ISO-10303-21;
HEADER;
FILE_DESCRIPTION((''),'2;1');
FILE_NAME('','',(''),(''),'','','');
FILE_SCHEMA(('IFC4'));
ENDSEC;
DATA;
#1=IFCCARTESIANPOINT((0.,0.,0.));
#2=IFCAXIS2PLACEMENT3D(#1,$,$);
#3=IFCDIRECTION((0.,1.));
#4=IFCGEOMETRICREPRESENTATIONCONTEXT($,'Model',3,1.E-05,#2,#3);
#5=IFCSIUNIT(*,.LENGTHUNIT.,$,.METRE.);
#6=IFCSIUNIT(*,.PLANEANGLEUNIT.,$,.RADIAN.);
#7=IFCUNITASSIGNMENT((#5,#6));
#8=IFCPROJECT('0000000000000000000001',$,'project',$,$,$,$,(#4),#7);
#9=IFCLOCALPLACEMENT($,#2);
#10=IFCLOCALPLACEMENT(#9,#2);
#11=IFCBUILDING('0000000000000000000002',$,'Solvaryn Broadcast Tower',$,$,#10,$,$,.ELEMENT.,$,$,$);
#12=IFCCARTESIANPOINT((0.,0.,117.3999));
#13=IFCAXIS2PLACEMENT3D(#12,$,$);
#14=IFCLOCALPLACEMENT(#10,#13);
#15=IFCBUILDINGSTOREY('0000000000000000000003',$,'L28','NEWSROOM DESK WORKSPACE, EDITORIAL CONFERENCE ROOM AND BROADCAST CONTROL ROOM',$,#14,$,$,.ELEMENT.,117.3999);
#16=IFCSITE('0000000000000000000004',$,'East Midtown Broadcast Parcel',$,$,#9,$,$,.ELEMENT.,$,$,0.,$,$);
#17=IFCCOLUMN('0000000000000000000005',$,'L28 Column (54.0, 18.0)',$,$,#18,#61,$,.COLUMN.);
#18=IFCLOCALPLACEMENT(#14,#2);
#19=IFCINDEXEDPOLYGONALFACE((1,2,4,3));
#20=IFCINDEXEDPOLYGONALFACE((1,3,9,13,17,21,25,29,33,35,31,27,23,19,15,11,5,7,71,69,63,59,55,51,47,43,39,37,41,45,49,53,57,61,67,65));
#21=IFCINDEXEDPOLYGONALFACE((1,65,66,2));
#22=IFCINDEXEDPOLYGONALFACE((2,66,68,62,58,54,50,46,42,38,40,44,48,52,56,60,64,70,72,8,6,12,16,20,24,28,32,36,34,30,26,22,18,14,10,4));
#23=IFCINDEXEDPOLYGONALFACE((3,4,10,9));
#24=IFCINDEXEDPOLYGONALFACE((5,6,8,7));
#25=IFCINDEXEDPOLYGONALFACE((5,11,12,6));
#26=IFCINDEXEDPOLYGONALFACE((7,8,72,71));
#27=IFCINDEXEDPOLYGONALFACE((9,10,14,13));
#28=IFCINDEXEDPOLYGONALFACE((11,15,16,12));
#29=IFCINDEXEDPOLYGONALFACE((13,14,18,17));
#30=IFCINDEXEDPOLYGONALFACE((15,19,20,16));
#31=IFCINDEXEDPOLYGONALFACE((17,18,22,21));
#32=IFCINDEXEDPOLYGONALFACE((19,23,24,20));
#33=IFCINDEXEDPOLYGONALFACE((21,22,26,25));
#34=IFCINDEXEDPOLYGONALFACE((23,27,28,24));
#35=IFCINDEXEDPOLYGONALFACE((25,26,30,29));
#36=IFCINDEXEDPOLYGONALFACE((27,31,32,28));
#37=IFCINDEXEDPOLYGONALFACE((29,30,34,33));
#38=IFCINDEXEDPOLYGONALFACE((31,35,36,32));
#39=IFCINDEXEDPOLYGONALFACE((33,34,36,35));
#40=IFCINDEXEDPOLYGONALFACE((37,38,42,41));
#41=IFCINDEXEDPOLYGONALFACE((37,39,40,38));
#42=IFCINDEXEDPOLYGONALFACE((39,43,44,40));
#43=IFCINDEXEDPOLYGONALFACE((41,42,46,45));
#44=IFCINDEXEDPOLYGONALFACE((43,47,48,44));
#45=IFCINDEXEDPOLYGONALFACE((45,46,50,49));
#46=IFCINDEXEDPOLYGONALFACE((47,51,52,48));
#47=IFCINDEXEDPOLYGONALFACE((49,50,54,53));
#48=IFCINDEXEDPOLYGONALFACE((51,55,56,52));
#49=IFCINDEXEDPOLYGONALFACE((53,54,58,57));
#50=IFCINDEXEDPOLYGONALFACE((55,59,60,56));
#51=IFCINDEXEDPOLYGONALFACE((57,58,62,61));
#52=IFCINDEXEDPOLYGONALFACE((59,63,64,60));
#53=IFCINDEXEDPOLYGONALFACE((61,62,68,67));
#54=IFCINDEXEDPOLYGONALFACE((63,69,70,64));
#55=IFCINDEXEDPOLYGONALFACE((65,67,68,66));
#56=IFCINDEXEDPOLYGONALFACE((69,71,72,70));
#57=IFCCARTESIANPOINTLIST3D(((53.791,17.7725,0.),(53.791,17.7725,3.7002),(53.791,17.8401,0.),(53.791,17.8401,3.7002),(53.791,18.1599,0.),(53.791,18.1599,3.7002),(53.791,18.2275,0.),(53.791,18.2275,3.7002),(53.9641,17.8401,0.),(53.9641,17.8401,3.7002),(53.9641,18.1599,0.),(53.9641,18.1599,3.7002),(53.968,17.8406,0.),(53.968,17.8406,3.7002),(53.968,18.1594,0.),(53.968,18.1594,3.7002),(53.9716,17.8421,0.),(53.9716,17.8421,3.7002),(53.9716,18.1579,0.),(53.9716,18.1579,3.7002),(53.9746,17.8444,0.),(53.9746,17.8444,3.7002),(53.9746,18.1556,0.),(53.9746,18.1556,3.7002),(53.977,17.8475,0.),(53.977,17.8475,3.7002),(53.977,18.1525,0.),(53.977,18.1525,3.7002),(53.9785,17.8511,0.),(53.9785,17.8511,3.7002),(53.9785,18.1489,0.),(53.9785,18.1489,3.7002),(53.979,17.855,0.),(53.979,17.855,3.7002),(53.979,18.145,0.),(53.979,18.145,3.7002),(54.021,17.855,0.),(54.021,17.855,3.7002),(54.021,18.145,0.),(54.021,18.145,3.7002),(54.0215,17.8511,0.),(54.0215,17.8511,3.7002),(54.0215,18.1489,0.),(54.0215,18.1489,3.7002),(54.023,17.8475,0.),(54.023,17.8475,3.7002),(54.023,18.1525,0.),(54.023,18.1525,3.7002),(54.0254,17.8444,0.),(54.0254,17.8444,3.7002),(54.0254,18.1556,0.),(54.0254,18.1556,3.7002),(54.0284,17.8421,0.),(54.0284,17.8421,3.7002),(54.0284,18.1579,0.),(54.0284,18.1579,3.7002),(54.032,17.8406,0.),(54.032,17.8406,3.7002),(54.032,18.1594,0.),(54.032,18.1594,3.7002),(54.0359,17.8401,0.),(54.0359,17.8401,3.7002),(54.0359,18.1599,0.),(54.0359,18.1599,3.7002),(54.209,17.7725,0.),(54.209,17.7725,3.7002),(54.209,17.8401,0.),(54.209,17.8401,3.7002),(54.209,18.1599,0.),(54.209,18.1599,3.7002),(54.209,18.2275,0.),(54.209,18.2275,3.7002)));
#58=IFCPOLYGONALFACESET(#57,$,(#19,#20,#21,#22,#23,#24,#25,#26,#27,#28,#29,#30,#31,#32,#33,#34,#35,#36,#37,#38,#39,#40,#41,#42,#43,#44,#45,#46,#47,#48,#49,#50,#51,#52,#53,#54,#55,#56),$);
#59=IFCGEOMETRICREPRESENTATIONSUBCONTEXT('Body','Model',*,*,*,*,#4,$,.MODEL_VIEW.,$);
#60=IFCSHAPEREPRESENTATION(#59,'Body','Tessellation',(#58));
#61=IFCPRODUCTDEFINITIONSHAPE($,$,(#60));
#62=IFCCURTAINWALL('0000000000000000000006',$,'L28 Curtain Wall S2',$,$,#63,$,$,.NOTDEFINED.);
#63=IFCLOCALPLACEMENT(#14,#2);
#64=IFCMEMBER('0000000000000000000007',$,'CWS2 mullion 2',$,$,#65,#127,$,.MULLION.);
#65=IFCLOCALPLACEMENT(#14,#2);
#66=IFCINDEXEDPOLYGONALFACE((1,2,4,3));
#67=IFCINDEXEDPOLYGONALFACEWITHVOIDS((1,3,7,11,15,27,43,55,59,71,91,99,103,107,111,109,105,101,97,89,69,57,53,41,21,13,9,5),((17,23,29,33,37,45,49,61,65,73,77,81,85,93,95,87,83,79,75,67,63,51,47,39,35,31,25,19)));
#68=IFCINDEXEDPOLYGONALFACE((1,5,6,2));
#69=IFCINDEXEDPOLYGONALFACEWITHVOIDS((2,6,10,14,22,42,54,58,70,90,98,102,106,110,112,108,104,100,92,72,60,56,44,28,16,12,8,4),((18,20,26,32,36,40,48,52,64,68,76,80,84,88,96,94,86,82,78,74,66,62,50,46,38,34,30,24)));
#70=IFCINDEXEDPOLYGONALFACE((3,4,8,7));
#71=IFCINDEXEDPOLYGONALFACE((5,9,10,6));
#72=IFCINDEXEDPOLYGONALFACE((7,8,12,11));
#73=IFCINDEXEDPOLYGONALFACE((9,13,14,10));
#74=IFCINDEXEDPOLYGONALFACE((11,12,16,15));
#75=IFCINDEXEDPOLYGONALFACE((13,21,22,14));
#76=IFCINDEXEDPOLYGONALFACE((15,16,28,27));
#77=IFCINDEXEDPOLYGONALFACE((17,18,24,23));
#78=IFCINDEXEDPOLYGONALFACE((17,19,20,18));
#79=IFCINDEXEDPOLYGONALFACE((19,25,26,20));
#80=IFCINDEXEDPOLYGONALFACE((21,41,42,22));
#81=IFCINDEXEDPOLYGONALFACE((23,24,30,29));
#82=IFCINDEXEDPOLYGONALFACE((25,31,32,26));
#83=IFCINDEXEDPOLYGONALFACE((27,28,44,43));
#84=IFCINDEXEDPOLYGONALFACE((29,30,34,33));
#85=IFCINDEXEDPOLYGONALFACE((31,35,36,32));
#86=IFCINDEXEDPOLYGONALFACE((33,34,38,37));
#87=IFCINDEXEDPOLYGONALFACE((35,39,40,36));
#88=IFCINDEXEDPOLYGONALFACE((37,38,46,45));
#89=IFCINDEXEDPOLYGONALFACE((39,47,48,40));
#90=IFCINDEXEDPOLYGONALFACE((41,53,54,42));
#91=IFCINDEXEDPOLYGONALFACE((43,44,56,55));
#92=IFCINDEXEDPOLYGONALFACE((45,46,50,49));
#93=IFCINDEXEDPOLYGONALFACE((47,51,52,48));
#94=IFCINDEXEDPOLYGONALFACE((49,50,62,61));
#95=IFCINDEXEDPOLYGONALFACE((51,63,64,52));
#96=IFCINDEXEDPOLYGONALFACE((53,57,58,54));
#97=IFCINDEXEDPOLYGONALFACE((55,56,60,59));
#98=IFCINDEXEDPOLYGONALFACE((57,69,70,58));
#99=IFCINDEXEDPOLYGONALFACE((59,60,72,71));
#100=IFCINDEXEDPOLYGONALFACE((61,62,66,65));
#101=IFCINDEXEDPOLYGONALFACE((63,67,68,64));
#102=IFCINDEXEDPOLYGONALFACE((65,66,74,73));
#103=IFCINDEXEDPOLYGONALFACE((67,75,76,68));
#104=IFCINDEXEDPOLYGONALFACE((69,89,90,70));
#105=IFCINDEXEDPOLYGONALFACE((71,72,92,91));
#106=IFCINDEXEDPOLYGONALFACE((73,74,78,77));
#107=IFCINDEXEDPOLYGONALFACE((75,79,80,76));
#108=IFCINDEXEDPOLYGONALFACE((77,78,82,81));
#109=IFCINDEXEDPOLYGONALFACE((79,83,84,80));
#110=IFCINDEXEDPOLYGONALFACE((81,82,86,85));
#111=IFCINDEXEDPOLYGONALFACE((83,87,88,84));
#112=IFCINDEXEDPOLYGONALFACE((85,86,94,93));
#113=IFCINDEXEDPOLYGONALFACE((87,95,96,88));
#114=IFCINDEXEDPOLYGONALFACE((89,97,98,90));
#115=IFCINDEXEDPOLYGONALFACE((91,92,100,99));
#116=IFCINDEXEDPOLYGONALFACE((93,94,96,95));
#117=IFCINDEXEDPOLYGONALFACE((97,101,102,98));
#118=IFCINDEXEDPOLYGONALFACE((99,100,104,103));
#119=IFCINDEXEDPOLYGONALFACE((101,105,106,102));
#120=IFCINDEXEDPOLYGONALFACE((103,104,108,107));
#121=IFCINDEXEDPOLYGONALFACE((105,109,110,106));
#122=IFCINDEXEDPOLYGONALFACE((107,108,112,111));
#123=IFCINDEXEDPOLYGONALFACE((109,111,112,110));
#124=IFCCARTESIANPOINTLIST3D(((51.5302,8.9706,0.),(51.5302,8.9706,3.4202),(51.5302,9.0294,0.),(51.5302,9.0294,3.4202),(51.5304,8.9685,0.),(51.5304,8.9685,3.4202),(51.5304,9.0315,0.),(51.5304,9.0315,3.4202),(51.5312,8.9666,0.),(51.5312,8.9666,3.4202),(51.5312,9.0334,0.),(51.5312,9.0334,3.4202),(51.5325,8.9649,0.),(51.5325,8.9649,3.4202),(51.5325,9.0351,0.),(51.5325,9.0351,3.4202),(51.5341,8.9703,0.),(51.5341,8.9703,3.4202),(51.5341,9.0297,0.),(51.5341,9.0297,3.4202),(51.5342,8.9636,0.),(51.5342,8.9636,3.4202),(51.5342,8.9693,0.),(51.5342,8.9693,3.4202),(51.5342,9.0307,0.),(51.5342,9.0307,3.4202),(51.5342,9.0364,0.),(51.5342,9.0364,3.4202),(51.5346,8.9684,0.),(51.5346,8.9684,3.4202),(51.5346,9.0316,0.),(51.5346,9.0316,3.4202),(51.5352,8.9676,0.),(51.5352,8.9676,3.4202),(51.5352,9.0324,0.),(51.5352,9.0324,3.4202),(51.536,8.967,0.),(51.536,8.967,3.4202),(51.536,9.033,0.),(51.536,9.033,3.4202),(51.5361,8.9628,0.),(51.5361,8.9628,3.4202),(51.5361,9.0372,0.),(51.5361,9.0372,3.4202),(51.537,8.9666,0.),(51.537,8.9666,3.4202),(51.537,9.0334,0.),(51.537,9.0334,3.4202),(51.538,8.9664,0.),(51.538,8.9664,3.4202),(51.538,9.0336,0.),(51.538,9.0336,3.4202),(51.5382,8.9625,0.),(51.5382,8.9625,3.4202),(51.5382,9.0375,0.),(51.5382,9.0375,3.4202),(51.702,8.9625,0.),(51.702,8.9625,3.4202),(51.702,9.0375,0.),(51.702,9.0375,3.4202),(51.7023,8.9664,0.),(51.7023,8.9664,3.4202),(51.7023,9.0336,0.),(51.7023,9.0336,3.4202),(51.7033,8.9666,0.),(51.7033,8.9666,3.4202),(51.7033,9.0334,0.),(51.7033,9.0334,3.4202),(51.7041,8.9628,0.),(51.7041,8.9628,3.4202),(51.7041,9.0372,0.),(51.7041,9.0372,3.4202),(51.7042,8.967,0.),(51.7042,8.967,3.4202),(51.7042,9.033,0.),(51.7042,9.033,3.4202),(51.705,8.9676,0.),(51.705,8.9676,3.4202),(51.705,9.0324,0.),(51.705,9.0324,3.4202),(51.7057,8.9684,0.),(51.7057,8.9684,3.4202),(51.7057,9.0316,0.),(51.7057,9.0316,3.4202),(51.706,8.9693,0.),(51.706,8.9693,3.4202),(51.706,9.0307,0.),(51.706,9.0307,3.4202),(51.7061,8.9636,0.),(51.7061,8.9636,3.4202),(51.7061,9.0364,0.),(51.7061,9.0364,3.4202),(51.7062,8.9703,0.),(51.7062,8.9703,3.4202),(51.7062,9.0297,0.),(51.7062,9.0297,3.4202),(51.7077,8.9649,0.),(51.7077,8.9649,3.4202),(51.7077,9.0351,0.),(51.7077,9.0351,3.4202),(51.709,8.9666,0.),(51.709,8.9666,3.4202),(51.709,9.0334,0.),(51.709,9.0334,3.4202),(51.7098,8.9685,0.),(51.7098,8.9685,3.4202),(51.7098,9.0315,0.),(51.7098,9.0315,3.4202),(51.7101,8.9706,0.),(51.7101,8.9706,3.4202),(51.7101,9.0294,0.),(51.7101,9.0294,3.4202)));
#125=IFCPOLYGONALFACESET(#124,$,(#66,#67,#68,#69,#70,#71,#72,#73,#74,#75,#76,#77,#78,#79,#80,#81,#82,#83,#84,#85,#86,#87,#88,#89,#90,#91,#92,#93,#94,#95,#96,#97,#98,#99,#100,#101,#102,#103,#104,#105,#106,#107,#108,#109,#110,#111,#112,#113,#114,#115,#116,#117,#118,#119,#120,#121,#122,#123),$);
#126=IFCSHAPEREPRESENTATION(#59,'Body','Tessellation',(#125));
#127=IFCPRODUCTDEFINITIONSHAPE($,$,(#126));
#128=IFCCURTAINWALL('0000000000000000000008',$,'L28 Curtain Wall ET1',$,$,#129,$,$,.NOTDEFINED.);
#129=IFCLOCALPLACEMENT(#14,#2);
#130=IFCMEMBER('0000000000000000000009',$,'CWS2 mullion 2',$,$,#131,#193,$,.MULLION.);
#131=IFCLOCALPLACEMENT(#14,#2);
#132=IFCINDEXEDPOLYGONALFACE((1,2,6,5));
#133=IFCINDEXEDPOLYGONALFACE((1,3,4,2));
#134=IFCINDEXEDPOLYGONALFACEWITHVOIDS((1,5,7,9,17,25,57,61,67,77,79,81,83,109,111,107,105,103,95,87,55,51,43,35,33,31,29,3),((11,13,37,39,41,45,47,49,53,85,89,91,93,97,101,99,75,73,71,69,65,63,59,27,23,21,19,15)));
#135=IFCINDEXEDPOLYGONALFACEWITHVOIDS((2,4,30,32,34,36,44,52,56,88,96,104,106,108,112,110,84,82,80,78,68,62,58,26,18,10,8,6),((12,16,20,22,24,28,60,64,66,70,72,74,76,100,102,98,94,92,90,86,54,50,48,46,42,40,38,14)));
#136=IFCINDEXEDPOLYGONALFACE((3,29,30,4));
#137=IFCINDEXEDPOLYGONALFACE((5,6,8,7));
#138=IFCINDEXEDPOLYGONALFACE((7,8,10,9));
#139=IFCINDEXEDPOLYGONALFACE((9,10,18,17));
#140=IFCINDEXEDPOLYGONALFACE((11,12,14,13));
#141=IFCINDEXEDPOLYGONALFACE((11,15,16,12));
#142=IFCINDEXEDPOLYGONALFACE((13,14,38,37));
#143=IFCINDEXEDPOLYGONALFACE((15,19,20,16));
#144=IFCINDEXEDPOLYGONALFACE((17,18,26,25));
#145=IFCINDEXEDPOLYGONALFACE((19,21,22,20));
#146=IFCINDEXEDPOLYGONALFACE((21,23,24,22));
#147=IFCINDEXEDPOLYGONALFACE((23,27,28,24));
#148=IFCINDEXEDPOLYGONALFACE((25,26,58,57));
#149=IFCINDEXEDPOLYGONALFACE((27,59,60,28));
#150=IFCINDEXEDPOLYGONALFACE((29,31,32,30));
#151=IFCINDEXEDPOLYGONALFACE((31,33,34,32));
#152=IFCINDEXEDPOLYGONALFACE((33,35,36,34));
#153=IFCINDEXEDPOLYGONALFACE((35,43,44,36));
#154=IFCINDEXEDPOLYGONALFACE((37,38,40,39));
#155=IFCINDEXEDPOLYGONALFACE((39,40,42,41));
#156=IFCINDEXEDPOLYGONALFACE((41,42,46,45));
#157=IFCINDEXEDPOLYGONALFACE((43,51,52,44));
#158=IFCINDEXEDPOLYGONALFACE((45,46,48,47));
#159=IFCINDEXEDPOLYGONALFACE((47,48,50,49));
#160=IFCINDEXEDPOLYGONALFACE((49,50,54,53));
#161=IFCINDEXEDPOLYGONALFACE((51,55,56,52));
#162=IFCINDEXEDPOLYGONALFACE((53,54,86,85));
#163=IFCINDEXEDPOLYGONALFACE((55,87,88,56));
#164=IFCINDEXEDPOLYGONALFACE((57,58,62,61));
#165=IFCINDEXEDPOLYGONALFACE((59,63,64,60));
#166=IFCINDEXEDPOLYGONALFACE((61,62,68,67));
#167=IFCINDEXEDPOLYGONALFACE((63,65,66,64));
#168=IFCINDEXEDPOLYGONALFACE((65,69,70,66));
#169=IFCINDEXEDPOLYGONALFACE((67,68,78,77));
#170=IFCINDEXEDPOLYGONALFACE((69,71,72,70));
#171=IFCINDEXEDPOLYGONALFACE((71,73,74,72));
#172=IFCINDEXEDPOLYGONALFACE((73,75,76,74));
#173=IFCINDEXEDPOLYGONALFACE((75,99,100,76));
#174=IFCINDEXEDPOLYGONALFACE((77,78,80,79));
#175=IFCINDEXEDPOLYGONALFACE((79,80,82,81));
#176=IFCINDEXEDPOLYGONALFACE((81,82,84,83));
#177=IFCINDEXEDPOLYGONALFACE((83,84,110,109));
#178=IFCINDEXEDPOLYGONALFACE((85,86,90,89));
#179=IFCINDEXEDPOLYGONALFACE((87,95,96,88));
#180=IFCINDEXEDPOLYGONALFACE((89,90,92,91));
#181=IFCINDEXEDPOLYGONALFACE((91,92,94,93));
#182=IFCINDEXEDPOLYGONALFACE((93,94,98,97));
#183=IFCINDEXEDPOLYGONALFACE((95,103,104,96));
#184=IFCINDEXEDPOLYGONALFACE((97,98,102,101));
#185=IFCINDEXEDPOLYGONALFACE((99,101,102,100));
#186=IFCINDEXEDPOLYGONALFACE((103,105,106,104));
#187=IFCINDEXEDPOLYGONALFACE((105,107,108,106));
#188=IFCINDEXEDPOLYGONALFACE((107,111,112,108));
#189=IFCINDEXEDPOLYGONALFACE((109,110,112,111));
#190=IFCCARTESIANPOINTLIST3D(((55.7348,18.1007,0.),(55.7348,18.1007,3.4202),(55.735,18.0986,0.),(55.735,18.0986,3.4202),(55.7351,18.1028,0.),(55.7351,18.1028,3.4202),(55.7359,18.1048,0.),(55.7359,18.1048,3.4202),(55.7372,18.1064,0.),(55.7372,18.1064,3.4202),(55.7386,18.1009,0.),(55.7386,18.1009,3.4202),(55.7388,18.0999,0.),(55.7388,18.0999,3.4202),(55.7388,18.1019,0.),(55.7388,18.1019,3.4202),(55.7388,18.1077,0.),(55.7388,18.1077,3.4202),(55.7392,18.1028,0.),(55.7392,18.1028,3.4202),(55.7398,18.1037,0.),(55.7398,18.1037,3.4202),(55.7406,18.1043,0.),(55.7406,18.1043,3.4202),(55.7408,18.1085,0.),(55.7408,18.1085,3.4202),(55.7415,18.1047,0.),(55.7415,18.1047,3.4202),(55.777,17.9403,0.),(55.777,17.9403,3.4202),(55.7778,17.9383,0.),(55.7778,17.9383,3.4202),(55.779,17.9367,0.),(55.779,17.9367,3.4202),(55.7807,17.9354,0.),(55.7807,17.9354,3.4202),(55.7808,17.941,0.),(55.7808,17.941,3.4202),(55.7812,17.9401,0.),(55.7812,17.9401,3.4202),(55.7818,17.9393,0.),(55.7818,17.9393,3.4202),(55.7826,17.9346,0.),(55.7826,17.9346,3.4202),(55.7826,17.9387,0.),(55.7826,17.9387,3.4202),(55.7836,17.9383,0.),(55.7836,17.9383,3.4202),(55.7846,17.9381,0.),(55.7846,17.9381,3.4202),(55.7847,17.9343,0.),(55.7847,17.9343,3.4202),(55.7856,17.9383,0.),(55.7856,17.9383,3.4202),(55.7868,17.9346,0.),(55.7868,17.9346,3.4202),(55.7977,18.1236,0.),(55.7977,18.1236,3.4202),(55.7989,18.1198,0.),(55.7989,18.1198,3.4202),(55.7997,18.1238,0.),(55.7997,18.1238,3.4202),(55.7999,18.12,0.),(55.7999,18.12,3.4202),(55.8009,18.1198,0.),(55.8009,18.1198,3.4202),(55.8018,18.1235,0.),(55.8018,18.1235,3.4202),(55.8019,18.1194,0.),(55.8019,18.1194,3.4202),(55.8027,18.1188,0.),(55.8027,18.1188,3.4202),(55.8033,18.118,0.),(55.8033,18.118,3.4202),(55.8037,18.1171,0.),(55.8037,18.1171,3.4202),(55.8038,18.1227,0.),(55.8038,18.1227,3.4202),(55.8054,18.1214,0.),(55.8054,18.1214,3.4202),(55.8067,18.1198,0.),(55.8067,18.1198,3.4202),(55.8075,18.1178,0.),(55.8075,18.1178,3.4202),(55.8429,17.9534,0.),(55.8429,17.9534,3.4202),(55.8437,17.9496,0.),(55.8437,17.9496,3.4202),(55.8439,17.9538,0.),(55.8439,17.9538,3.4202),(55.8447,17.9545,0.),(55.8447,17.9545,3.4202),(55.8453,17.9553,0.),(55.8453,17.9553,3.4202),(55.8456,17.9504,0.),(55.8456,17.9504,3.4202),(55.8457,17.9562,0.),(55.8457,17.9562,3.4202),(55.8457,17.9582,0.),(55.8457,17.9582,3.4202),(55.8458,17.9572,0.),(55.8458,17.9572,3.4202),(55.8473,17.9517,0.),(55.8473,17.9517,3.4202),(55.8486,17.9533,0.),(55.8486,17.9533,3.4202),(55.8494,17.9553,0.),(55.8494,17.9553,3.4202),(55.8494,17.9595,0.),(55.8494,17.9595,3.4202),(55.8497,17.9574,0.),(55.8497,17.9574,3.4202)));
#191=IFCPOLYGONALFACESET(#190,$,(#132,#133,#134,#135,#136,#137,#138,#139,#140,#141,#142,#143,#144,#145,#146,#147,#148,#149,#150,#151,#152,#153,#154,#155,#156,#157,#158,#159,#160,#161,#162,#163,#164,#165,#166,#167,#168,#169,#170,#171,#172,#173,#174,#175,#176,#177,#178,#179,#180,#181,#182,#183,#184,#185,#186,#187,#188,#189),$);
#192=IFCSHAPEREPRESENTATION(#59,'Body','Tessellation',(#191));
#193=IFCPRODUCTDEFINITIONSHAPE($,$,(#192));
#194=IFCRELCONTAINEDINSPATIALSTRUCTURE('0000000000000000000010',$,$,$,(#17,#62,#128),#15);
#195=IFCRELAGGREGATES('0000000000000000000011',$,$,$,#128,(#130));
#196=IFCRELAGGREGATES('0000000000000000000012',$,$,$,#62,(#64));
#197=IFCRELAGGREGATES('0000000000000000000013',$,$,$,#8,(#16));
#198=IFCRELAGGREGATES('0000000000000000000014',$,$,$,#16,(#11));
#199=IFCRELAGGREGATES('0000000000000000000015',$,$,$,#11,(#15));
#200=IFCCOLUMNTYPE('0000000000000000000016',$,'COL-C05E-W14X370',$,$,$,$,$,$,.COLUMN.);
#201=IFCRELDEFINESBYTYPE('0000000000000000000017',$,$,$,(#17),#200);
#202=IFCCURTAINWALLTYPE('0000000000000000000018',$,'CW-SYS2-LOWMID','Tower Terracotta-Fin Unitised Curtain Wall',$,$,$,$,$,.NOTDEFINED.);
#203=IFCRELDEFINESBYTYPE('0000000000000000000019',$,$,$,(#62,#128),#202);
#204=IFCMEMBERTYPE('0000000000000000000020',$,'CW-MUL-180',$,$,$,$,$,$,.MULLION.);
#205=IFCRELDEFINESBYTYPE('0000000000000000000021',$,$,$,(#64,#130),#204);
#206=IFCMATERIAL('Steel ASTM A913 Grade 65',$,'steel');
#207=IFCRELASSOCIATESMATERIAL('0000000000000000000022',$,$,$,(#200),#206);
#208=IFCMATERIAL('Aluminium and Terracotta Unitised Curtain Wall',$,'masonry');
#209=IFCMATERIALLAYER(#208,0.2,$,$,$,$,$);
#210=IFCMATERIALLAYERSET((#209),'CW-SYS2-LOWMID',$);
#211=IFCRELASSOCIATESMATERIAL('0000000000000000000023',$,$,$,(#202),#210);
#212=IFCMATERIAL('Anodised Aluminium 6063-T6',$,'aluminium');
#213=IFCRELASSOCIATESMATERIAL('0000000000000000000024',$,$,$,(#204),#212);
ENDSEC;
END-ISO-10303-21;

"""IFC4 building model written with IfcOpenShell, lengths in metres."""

from ifc_helpers import new_model, si_unit, direction, frame, origin, origin_2d, place, context, subcontext, project, spatial, hollow_rectangle, i_section, extrude, material, layer, layer_set, material_profile, profile_set, type_object, element, aggregate, save


model = new_model("IFC4")

# Units and contexts
model_context = context("Model", 3, precision=1e-05, world=origin(), true_north=direction((0.0, 1.0)))
body_context = subcontext(model_context, "Body", "Model", "MODEL_VIEW")
ifc_project = project(units=[si_unit("LENGTHUNIT", "METRE"), si_unit("PLANEANGLEUNIT", "RADIAN")], contexts=[model_context])

# Site, building, storey
site_placement = place(None, origin())
site = spatial("IfcSite", under=ifc_project, at=site_placement, Name="East Midtown Broadcast Parcel", CompositionType="ELEMENT", RefElevation=0.0)
building_placement = place(site_placement, origin())
building = spatial("IfcBuilding", under=site, at=building_placement, Name="Solvaryn Broadcast Tower", CompositionType="ELEMENT")
storey_placement = place(building_placement, frame((0.0, 0.0, 117.3999)))
storey = spatial("IfcBuildingStorey", under=building, at=storey_placement, Name="L28", Description="NEWSROOM DESK WORKSPACE, EDITORIAL CONFERENCE ROOM AND BROADCAST CONTROL ROOM", CompositionType="ELEMENT", Elevation=117.3999)

# Column
ifc_material_1 = material(Name="Steel ASTM A913 Grade 65", Category="steel")
ifc_material_profile_1 = material_profile(ifc_material_1, i_section(OverallWidth=0.418, OverallDepth=0.4551, WebThickness=0.042, FlangeThickness=0.0676, FilletRadius=0.0149, at=origin_2d()))
ifc_profile_set_1 = profile_set([ifc_material_profile_1], Name="Steel ASTM A913 Grade 65")
column_type = type_object("IfcColumnType", Name="COL-C05E-W14X370", PredefinedType="COLUMN", material=ifc_profile_set_1)
column_placement = place(storey_placement, frame((54.0, 18.0, 0.0), z_axis=(0.0, 0.0, 1.0), x_axis=(1.0, 0.0, 0.0)))
element("IfcColumn", 1, at=column_placement, inside=storey, type_object=column_type, Name="L28 Column (54.0, 18.0)", PredefinedType="COLUMN", context=body_context, shape_type="SweptSolid", body=[
    extrude(i_section(OverallWidth=0.418, OverallDepth=0.4551, WebThickness=0.042, FlangeThickness=0.0676, FilletRadius=0.0149, at=origin_2d()), origin(), (0.0, 0.0, 1.0), 3.7002),
])

# Curtain walls, members
ifc_material_2 = material(Name="Aluminium and Terracotta Unitised Curtain Wall", Category="masonry")
ifc_layer_1 = layer(ifc_material_2, 0.2)
ifc_layer_set_1 = layer_set([ifc_layer_1], Name="CW-SYS2-LOWMID")
curtain_wall_type = type_object("IfcCurtainWallType", Name="CW-SYS2-LOWMID", Description="Tower Terracotta-Fin Unitised Curtain Wall", PredefinedType="NOTDEFINED", material=ifc_layer_set_1)
curtain_wall_1_placement = place(storey_placement, origin())
curtain_wall_1 = element("IfcCurtainWall", 2, at=curtain_wall_1_placement, inside=storey, type_object=curtain_wall_type, Name="L28 Curtain Wall S2", PredefinedType="NOTDEFINED")
ifc_material_3 = material(Name="Anodised Aluminium 6063-T6", Category="aluminium")
ifc_material_profile_2 = material_profile(ifc_material_3, hollow_rectangle(XDim=0.075, YDim=0.1799, WallThickness=0.0039, InnerFilletRadius=0.0039, OuterFilletRadius=0.0081, at=origin_2d()))
ifc_profile_set_2 = profile_set([ifc_material_profile_2], Name="Anodised Aluminium 6063-T6")
member_type_1 = type_object("IfcMemberType", Name="CW-MUL-180", PredefinedType="MULLION", material=ifc_profile_set_2)
member_1_placement = place(storey_placement, frame((51.6201, 9.0, 0.0), z_axis=(0.0, 0.0, 1.0), x_axis=(0.0, 1.0, 0.0)))
member_1 = element("IfcMember", 3, at=member_1_placement, type_object=member_type_1, Name="CWS2 mullion 2", PredefinedType="MULLION", context=body_context, shape_type="SweptSolid", body=[
    extrude(hollow_rectangle(XDim=0.075, YDim=0.1799, WallThickness=0.0039, InnerFilletRadius=0.0039, OuterFilletRadius=0.0081, at=origin_2d()), origin(), (0.0, 0.0, 1.0), 3.4202),
])
curtain_wall_2_placement = place(storey_placement, origin())
curtain_wall_2 = element("IfcCurtainWall", 4, at=curtain_wall_2_placement, inside=storey, type_object=curtain_wall_type, Name="L28 Curtain Wall ET1", PredefinedType="NOTDEFINED")
member_2_placement = place(storey_placement, frame((55.7922, 18.0291, 0.0), z_axis=(0.0, 0.0, 1.0), x_axis=(0.966705, 0.255893, 0.0)))
member_2 = element("IfcMember", 5, at=member_2_placement, type_object=member_type_1, Name="CWS2 mullion 2", PredefinedType="MULLION", context=body_context, shape_type="SweptSolid", body=[
    extrude(hollow_rectangle(XDim=0.075, YDim=0.1799, WallThickness=0.0039, InnerFilletRadius=0.0039, OuterFilletRadius=0.0081, at=origin_2d()), origin(), (0.0, 0.0, 1.0), 3.4202),
])
aggregate(curtain_wall_2, [member_2])

aggregate(curtain_wall_1, [member_1])

save(model, "model.ifc")
